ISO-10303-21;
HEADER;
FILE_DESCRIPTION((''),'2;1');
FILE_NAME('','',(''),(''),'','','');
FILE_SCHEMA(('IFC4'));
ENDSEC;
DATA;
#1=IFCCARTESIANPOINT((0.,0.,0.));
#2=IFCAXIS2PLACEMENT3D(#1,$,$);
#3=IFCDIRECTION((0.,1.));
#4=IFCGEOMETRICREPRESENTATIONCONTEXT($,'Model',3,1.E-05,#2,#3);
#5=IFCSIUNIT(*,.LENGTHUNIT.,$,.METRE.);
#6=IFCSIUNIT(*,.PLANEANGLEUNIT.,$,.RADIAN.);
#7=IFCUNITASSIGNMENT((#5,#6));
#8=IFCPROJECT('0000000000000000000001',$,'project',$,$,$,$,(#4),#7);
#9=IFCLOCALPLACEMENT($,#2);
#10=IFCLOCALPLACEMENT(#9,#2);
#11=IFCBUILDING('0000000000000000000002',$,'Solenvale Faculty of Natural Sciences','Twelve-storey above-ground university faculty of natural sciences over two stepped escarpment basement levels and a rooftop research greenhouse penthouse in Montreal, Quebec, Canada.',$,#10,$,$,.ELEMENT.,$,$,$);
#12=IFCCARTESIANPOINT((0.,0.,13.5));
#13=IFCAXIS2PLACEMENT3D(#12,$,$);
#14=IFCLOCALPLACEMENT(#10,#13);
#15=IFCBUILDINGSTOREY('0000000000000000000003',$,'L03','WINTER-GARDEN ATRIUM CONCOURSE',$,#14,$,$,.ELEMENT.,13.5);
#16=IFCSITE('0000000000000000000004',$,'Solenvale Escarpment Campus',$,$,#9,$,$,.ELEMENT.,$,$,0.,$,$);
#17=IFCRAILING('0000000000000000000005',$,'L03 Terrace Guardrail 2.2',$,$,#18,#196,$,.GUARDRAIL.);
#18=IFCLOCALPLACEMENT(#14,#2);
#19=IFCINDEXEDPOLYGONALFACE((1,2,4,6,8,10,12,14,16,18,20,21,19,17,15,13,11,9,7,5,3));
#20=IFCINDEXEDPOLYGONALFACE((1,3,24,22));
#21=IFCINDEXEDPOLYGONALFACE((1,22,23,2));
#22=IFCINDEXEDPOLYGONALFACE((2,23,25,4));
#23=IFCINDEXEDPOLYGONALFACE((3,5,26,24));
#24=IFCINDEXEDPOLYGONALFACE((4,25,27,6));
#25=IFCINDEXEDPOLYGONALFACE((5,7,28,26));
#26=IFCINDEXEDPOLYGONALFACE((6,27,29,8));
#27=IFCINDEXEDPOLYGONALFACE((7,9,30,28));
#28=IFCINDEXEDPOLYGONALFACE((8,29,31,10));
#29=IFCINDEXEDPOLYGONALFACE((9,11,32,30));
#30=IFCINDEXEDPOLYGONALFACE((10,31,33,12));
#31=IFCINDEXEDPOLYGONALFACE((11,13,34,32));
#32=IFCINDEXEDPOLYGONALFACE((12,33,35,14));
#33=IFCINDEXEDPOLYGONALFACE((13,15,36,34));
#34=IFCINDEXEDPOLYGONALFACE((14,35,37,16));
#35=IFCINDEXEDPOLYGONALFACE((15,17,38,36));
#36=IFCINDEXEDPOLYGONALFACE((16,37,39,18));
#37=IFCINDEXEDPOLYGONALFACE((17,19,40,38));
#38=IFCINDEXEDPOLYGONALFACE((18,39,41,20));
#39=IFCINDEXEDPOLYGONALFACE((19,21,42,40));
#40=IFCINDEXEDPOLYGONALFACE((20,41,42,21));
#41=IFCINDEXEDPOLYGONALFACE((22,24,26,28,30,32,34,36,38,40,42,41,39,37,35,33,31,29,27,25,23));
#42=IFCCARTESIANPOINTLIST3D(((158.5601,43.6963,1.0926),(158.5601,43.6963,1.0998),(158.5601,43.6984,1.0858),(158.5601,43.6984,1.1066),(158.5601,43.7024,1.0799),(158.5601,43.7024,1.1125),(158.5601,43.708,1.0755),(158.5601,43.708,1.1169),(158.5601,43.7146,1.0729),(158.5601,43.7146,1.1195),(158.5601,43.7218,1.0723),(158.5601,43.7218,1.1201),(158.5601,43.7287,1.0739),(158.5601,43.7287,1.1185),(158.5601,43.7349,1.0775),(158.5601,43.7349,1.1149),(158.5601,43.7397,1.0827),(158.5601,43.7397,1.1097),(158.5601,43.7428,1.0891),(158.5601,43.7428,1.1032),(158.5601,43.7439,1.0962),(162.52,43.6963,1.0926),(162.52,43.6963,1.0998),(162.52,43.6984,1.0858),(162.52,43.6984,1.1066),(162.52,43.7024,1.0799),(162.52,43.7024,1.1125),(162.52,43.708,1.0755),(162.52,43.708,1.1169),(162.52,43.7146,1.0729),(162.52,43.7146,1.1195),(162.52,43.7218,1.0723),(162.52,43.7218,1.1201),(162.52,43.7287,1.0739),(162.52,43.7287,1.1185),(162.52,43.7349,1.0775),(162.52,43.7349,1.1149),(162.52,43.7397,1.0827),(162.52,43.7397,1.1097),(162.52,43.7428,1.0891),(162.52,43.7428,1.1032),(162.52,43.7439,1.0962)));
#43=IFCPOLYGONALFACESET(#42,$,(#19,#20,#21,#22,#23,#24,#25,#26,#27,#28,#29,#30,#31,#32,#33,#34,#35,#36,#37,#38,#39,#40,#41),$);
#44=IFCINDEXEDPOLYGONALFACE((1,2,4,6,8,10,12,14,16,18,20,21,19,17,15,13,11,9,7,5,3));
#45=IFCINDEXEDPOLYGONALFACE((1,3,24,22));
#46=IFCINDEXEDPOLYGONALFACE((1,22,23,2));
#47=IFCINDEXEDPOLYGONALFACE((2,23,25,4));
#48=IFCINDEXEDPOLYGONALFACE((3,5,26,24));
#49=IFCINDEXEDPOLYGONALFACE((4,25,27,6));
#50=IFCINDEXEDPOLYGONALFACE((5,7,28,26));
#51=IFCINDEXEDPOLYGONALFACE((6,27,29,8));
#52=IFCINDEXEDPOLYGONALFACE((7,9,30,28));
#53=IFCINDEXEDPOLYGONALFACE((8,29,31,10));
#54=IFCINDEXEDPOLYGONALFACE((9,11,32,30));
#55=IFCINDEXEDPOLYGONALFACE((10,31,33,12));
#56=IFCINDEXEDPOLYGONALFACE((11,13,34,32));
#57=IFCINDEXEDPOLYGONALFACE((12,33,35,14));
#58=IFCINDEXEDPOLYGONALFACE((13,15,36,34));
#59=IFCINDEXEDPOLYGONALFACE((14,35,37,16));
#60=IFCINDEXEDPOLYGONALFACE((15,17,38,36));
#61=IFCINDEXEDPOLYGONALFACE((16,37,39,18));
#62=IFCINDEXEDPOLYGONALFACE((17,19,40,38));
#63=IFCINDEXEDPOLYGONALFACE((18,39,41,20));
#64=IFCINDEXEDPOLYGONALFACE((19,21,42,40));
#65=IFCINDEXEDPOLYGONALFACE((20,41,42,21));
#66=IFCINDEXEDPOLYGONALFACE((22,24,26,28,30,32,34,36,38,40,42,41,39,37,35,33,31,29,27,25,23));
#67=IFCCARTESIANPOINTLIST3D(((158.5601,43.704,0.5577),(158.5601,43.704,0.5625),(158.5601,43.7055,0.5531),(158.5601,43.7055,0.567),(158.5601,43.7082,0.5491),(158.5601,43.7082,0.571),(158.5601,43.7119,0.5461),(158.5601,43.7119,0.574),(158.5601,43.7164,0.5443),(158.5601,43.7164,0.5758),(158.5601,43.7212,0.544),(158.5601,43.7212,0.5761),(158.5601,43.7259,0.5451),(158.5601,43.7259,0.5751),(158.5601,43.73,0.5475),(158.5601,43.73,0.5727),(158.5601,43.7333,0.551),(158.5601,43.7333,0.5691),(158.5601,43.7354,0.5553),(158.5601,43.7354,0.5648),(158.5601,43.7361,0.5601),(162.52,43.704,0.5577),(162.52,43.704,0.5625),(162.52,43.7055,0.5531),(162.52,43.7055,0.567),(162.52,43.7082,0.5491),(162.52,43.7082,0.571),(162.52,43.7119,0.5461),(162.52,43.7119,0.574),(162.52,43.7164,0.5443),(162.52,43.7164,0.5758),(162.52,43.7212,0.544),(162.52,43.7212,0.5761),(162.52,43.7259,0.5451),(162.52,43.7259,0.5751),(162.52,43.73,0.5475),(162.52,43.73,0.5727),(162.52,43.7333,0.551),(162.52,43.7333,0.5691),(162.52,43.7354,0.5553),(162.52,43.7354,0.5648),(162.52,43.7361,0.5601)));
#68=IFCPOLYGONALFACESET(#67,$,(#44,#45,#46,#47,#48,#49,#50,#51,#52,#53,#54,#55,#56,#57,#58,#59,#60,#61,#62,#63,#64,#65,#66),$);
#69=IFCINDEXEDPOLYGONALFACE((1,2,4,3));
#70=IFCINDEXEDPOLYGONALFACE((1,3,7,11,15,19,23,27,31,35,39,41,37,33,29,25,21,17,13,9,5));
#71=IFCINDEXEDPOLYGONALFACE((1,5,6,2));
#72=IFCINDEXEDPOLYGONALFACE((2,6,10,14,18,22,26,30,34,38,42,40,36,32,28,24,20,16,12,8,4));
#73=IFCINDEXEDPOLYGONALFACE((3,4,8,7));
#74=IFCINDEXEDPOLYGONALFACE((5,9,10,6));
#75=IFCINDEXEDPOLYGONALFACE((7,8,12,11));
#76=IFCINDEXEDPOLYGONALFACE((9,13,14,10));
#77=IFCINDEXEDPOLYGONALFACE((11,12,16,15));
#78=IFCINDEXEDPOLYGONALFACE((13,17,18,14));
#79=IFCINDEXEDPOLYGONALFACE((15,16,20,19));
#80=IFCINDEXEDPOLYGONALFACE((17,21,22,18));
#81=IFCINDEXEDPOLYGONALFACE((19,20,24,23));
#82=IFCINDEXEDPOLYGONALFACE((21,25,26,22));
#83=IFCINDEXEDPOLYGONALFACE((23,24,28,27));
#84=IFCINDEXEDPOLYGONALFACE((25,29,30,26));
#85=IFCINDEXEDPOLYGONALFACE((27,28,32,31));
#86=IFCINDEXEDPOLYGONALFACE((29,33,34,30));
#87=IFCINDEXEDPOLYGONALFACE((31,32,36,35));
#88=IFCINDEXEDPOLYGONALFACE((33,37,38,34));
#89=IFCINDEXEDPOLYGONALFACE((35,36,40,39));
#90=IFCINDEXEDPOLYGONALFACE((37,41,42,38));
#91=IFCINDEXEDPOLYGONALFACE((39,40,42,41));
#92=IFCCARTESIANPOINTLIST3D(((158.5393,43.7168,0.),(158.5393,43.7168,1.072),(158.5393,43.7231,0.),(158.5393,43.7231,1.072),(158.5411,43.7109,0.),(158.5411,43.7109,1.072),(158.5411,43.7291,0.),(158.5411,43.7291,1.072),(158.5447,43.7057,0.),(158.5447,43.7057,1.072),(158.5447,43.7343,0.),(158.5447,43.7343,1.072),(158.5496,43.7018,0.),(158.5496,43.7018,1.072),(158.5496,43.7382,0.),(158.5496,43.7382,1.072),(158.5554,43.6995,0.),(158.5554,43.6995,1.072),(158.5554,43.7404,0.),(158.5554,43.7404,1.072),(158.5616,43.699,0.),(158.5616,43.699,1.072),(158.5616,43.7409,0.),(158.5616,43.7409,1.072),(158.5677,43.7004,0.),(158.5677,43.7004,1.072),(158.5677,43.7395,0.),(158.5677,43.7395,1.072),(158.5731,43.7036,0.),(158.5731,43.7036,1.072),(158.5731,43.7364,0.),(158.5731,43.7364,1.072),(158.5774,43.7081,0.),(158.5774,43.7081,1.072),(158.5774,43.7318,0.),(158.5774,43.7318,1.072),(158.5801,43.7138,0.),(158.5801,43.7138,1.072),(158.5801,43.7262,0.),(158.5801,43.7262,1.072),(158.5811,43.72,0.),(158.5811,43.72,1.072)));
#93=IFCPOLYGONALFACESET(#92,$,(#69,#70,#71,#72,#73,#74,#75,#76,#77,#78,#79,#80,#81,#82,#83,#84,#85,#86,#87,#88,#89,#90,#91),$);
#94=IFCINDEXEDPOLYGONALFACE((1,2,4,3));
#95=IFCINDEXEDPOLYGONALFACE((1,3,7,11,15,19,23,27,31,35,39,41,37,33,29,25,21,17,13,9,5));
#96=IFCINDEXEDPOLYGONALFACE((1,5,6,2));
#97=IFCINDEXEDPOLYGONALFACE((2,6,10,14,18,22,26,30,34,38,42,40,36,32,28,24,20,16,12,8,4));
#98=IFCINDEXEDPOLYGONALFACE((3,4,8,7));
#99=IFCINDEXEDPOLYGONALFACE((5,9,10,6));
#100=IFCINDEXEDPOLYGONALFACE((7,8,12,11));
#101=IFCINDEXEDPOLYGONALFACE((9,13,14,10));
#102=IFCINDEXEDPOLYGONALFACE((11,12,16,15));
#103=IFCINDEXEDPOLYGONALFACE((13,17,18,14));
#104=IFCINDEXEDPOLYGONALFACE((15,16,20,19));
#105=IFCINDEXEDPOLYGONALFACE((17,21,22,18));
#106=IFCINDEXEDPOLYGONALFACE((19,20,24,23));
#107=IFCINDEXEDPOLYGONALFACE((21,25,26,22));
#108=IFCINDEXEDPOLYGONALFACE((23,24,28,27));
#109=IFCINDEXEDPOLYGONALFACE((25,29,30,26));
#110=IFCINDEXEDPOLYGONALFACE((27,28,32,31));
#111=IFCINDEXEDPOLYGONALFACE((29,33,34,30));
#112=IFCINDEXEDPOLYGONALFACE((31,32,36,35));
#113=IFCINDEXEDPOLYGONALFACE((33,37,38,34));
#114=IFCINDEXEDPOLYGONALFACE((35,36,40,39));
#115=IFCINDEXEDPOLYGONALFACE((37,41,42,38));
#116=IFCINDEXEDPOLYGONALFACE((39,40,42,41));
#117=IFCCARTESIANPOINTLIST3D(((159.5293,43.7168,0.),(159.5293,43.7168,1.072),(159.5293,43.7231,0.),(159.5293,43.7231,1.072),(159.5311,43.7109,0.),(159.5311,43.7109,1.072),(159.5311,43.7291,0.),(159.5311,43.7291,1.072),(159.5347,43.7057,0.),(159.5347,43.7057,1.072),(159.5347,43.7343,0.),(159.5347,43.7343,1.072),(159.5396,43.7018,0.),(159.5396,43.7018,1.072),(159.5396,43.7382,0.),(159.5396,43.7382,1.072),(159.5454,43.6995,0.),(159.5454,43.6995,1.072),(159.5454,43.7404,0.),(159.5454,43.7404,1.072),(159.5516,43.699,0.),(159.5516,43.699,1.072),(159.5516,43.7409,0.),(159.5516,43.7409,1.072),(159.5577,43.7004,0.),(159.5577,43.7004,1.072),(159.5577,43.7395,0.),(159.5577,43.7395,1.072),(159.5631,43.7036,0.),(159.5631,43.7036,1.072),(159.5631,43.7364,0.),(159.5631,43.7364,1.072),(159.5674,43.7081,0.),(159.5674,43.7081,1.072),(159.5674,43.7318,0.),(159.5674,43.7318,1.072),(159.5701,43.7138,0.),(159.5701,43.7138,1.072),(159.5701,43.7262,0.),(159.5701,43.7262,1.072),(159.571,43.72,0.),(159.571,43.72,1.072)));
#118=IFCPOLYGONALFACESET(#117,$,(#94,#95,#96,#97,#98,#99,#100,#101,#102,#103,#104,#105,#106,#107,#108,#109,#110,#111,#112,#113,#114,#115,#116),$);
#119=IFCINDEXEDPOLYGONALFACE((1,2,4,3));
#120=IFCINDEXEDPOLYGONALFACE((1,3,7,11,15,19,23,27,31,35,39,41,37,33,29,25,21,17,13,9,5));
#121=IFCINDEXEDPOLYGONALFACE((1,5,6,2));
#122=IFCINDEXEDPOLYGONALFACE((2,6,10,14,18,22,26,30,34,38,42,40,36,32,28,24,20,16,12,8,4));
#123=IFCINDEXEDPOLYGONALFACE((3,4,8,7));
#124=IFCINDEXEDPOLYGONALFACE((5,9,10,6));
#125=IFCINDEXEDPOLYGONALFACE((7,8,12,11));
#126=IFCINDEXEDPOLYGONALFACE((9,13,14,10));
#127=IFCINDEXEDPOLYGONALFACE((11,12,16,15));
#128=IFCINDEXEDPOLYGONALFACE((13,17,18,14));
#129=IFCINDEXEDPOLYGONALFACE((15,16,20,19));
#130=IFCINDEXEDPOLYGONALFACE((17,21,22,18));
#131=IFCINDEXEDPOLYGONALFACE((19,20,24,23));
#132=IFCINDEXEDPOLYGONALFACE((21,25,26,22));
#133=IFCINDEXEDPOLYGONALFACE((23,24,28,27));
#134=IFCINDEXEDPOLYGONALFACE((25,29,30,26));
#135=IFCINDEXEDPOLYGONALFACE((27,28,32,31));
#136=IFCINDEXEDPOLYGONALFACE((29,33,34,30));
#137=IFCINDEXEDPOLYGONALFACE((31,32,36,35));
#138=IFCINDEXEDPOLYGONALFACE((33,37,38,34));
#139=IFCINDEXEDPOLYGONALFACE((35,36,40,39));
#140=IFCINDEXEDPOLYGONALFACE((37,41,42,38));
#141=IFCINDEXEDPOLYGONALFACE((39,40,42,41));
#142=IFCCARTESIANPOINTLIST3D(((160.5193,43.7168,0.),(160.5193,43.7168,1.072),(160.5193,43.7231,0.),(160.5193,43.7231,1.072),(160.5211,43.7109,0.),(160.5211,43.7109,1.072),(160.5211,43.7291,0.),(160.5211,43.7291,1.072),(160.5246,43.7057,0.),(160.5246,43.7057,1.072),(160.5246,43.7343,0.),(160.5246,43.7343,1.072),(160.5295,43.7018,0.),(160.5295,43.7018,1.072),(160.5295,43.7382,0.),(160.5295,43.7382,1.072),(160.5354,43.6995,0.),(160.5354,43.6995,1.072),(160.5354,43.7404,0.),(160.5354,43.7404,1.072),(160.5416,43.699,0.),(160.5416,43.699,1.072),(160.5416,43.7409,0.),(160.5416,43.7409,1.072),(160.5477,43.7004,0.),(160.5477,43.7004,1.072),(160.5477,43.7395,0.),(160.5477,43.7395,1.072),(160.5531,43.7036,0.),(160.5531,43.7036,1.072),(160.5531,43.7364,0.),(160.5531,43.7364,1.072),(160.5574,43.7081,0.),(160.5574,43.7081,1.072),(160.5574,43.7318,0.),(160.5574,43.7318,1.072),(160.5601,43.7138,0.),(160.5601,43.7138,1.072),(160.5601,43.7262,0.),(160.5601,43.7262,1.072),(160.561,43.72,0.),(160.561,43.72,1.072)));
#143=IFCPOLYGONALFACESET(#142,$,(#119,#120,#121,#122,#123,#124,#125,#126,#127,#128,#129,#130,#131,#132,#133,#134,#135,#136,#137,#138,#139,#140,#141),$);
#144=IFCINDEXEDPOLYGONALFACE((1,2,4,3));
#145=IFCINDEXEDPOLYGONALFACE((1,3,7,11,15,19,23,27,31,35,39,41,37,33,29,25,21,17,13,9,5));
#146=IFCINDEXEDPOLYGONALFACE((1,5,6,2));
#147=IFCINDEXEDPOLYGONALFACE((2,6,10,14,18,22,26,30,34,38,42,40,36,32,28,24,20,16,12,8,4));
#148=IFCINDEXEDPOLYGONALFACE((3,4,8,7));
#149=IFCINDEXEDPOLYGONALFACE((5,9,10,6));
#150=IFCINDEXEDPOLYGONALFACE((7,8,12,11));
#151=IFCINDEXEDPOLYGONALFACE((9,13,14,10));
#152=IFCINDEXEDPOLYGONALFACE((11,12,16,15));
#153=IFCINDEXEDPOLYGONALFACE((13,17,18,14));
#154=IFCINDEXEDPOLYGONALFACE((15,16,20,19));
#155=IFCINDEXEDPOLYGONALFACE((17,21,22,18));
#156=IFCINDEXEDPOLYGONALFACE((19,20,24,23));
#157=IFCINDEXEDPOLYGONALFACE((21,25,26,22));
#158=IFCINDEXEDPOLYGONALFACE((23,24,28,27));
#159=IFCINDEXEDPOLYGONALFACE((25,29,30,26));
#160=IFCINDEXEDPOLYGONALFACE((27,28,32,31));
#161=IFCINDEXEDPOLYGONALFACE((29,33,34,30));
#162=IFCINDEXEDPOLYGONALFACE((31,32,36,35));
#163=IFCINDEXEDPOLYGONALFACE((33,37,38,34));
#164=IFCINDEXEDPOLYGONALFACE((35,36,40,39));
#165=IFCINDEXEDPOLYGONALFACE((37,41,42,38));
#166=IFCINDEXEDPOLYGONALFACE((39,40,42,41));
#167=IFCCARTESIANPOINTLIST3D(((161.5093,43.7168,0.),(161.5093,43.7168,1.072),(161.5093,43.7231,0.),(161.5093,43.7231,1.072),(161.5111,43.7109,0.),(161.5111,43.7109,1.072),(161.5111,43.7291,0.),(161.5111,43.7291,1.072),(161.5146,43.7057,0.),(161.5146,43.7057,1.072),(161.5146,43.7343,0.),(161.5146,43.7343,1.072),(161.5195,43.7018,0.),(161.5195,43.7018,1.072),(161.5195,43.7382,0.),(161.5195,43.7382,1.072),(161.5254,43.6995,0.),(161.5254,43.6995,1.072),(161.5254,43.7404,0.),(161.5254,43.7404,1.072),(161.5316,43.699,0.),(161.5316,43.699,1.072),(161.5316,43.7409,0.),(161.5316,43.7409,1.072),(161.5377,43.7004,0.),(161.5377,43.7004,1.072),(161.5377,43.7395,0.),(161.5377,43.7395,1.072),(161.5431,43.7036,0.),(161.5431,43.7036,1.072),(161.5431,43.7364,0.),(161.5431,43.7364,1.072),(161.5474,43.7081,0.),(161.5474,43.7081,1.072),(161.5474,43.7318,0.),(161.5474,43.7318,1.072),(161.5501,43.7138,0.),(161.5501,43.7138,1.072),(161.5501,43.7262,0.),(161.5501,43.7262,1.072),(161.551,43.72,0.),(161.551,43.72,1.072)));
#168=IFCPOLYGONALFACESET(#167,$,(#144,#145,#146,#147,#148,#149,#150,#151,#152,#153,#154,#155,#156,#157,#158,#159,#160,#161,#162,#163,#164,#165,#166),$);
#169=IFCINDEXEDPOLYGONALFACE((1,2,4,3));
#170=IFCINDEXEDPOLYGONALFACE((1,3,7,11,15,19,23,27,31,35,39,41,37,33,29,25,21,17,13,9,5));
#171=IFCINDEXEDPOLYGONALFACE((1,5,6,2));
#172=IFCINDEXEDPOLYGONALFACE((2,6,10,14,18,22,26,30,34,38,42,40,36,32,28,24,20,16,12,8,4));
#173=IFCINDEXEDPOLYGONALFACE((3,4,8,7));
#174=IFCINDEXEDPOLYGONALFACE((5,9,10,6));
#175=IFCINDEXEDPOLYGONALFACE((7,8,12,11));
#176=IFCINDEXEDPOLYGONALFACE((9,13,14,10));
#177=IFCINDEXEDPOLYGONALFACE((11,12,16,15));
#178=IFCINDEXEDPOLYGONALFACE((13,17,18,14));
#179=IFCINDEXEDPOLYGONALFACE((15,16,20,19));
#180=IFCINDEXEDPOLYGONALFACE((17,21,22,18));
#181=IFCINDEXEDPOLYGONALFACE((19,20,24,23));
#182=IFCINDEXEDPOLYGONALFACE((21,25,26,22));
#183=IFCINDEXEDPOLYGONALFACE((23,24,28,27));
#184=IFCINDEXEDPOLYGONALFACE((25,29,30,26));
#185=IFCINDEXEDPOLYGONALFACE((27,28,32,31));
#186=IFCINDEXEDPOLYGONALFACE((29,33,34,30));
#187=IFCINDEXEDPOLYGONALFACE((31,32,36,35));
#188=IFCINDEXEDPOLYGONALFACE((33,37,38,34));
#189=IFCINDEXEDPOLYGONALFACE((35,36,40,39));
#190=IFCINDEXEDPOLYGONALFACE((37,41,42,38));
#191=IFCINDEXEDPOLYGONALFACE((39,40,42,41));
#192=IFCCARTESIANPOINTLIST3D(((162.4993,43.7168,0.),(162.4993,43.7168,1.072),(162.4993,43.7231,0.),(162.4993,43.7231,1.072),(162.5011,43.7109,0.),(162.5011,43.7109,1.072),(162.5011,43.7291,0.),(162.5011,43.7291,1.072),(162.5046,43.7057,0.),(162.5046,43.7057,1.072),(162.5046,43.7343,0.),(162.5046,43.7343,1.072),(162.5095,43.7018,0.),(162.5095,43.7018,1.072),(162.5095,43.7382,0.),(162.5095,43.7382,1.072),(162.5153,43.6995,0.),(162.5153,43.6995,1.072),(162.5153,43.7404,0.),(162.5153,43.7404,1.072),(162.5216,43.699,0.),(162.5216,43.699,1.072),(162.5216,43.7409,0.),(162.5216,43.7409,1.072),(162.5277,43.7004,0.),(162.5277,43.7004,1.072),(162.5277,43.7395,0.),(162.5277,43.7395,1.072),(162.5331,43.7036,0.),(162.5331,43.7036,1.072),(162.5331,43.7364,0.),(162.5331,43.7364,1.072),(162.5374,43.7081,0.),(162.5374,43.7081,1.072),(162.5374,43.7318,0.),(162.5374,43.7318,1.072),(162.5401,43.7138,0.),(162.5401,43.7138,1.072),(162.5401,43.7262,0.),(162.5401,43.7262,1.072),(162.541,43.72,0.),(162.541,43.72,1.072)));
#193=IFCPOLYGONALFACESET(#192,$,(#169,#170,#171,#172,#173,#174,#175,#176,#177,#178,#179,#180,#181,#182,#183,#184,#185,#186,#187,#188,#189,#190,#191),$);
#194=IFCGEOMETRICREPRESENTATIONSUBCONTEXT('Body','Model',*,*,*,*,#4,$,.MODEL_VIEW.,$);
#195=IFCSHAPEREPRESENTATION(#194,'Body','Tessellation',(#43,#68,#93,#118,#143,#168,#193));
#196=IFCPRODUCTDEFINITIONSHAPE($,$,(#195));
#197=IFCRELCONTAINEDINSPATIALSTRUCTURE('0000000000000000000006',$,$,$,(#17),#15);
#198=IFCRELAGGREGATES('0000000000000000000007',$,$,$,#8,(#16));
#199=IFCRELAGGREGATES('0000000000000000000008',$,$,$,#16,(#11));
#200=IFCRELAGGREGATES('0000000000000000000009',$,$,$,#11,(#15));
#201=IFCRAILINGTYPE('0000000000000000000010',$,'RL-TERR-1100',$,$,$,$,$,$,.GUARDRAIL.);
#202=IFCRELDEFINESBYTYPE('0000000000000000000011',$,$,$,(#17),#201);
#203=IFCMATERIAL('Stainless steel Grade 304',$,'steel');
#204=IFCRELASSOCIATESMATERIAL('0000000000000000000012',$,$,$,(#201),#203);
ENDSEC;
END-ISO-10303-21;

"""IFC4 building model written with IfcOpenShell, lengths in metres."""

from ifc_helpers import new_model, si_unit, direction, frame, origin, origin_2d, place, context, subcontext, project, spatial, circle, extrude, material, type_object, element, save


model = new_model("IFC4")

# Units and contexts
model_context = context("Model", 3, precision=1e-05, world=origin(), true_north=direction((0.0, 1.0)))
body_context = subcontext(model_context, "Body", "Model", "MODEL_VIEW")
ifc_project = project(units=[si_unit("LENGTHUNIT", "METRE"), si_unit("PLANEANGLEUNIT", "RADIAN")], contexts=[model_context])

# Site, building, storey
site_placement = place(None, origin())
site = spatial("IfcSite", under=ifc_project, at=site_placement, Name="Solenvale Escarpment Campus", CompositionType="ELEMENT", RefElevation=0.0)
building_placement = place(site_placement, origin())
building = spatial("IfcBuilding", under=site, at=building_placement, Name="Solenvale Faculty of Natural Sciences", Description="Twelve-storey above-ground university faculty of natural sciences over two stepped escarpment basement levels and a rooftop research greenhouse penthouse in Montreal, Quebec, Canada.", CompositionType="ELEMENT")
storey_placement = place(building_placement, frame((0.0, 0.0, 13.5)))
storey = spatial("IfcBuildingStorey", under=building, at=storey_placement, Name="L03", Description="WINTER-GARDEN ATRIUM CONCOURSE", CompositionType="ELEMENT", Elevation=13.5)

# Railing
ifc_material_1 = material(Name="Stainless steel Grade 304", Category="steel")
railing_type = type_object("IfcRailingType", Name="RL-TERR-1100", PredefinedType="GUARDRAIL", material=ifc_material_1)
railing_1_placement = place(storey_placement, frame((158.5601, 43.72, 0.0)))
element("IfcRailing", 1, at=railing_1_placement, inside=storey, type_object=railing_type, Name="L03 Terrace Guardrail 2.2", PredefinedType="GUARDRAIL", context=body_context, shape_type="SweptSolid", body=[
    extrude(circle(Radius=0.0239, at=origin_2d()), frame((0.0, 0.0, 1.0962), z_axis=(1.0, 0.0, 0.0), x_axis=(0.0, 1.0, 0.0)), (0.0, 0.0, 1.0), 3.96),
    extrude(circle(Radius=0.0161, at=origin_2d()), frame((0.0, 0.0, 0.5601), z_axis=(1.0, 0.0, 0.0), x_axis=(0.0, 1.0, 0.0)), (0.0, 0.0, 1.0), 3.96),
    extrude(circle(Radius=0.021, at=origin_2d()), origin(), (0.0, 0.0, 1.0), 1.072),
    extrude(circle(Radius=0.021, at=origin_2d()), frame((0.99, 0.0, 0.0)), (0.0, 0.0, 1.0), 1.072),
    extrude(circle(Radius=0.021, at=origin_2d()), frame((1.98, 0.0, 0.0)), (0.0, 0.0, 1.0), 1.072),
    extrude(circle(Radius=0.021, at=origin_2d()), frame((2.97, 0.0, 0.0)), (0.0, 0.0, 1.0), 1.072),
    extrude(circle(Radius=0.021, at=origin_2d()), frame((3.96, 0.0, 0.0)), (0.0, 0.0, 1.0), 1.072),
])

save(model, "model.ifc")
